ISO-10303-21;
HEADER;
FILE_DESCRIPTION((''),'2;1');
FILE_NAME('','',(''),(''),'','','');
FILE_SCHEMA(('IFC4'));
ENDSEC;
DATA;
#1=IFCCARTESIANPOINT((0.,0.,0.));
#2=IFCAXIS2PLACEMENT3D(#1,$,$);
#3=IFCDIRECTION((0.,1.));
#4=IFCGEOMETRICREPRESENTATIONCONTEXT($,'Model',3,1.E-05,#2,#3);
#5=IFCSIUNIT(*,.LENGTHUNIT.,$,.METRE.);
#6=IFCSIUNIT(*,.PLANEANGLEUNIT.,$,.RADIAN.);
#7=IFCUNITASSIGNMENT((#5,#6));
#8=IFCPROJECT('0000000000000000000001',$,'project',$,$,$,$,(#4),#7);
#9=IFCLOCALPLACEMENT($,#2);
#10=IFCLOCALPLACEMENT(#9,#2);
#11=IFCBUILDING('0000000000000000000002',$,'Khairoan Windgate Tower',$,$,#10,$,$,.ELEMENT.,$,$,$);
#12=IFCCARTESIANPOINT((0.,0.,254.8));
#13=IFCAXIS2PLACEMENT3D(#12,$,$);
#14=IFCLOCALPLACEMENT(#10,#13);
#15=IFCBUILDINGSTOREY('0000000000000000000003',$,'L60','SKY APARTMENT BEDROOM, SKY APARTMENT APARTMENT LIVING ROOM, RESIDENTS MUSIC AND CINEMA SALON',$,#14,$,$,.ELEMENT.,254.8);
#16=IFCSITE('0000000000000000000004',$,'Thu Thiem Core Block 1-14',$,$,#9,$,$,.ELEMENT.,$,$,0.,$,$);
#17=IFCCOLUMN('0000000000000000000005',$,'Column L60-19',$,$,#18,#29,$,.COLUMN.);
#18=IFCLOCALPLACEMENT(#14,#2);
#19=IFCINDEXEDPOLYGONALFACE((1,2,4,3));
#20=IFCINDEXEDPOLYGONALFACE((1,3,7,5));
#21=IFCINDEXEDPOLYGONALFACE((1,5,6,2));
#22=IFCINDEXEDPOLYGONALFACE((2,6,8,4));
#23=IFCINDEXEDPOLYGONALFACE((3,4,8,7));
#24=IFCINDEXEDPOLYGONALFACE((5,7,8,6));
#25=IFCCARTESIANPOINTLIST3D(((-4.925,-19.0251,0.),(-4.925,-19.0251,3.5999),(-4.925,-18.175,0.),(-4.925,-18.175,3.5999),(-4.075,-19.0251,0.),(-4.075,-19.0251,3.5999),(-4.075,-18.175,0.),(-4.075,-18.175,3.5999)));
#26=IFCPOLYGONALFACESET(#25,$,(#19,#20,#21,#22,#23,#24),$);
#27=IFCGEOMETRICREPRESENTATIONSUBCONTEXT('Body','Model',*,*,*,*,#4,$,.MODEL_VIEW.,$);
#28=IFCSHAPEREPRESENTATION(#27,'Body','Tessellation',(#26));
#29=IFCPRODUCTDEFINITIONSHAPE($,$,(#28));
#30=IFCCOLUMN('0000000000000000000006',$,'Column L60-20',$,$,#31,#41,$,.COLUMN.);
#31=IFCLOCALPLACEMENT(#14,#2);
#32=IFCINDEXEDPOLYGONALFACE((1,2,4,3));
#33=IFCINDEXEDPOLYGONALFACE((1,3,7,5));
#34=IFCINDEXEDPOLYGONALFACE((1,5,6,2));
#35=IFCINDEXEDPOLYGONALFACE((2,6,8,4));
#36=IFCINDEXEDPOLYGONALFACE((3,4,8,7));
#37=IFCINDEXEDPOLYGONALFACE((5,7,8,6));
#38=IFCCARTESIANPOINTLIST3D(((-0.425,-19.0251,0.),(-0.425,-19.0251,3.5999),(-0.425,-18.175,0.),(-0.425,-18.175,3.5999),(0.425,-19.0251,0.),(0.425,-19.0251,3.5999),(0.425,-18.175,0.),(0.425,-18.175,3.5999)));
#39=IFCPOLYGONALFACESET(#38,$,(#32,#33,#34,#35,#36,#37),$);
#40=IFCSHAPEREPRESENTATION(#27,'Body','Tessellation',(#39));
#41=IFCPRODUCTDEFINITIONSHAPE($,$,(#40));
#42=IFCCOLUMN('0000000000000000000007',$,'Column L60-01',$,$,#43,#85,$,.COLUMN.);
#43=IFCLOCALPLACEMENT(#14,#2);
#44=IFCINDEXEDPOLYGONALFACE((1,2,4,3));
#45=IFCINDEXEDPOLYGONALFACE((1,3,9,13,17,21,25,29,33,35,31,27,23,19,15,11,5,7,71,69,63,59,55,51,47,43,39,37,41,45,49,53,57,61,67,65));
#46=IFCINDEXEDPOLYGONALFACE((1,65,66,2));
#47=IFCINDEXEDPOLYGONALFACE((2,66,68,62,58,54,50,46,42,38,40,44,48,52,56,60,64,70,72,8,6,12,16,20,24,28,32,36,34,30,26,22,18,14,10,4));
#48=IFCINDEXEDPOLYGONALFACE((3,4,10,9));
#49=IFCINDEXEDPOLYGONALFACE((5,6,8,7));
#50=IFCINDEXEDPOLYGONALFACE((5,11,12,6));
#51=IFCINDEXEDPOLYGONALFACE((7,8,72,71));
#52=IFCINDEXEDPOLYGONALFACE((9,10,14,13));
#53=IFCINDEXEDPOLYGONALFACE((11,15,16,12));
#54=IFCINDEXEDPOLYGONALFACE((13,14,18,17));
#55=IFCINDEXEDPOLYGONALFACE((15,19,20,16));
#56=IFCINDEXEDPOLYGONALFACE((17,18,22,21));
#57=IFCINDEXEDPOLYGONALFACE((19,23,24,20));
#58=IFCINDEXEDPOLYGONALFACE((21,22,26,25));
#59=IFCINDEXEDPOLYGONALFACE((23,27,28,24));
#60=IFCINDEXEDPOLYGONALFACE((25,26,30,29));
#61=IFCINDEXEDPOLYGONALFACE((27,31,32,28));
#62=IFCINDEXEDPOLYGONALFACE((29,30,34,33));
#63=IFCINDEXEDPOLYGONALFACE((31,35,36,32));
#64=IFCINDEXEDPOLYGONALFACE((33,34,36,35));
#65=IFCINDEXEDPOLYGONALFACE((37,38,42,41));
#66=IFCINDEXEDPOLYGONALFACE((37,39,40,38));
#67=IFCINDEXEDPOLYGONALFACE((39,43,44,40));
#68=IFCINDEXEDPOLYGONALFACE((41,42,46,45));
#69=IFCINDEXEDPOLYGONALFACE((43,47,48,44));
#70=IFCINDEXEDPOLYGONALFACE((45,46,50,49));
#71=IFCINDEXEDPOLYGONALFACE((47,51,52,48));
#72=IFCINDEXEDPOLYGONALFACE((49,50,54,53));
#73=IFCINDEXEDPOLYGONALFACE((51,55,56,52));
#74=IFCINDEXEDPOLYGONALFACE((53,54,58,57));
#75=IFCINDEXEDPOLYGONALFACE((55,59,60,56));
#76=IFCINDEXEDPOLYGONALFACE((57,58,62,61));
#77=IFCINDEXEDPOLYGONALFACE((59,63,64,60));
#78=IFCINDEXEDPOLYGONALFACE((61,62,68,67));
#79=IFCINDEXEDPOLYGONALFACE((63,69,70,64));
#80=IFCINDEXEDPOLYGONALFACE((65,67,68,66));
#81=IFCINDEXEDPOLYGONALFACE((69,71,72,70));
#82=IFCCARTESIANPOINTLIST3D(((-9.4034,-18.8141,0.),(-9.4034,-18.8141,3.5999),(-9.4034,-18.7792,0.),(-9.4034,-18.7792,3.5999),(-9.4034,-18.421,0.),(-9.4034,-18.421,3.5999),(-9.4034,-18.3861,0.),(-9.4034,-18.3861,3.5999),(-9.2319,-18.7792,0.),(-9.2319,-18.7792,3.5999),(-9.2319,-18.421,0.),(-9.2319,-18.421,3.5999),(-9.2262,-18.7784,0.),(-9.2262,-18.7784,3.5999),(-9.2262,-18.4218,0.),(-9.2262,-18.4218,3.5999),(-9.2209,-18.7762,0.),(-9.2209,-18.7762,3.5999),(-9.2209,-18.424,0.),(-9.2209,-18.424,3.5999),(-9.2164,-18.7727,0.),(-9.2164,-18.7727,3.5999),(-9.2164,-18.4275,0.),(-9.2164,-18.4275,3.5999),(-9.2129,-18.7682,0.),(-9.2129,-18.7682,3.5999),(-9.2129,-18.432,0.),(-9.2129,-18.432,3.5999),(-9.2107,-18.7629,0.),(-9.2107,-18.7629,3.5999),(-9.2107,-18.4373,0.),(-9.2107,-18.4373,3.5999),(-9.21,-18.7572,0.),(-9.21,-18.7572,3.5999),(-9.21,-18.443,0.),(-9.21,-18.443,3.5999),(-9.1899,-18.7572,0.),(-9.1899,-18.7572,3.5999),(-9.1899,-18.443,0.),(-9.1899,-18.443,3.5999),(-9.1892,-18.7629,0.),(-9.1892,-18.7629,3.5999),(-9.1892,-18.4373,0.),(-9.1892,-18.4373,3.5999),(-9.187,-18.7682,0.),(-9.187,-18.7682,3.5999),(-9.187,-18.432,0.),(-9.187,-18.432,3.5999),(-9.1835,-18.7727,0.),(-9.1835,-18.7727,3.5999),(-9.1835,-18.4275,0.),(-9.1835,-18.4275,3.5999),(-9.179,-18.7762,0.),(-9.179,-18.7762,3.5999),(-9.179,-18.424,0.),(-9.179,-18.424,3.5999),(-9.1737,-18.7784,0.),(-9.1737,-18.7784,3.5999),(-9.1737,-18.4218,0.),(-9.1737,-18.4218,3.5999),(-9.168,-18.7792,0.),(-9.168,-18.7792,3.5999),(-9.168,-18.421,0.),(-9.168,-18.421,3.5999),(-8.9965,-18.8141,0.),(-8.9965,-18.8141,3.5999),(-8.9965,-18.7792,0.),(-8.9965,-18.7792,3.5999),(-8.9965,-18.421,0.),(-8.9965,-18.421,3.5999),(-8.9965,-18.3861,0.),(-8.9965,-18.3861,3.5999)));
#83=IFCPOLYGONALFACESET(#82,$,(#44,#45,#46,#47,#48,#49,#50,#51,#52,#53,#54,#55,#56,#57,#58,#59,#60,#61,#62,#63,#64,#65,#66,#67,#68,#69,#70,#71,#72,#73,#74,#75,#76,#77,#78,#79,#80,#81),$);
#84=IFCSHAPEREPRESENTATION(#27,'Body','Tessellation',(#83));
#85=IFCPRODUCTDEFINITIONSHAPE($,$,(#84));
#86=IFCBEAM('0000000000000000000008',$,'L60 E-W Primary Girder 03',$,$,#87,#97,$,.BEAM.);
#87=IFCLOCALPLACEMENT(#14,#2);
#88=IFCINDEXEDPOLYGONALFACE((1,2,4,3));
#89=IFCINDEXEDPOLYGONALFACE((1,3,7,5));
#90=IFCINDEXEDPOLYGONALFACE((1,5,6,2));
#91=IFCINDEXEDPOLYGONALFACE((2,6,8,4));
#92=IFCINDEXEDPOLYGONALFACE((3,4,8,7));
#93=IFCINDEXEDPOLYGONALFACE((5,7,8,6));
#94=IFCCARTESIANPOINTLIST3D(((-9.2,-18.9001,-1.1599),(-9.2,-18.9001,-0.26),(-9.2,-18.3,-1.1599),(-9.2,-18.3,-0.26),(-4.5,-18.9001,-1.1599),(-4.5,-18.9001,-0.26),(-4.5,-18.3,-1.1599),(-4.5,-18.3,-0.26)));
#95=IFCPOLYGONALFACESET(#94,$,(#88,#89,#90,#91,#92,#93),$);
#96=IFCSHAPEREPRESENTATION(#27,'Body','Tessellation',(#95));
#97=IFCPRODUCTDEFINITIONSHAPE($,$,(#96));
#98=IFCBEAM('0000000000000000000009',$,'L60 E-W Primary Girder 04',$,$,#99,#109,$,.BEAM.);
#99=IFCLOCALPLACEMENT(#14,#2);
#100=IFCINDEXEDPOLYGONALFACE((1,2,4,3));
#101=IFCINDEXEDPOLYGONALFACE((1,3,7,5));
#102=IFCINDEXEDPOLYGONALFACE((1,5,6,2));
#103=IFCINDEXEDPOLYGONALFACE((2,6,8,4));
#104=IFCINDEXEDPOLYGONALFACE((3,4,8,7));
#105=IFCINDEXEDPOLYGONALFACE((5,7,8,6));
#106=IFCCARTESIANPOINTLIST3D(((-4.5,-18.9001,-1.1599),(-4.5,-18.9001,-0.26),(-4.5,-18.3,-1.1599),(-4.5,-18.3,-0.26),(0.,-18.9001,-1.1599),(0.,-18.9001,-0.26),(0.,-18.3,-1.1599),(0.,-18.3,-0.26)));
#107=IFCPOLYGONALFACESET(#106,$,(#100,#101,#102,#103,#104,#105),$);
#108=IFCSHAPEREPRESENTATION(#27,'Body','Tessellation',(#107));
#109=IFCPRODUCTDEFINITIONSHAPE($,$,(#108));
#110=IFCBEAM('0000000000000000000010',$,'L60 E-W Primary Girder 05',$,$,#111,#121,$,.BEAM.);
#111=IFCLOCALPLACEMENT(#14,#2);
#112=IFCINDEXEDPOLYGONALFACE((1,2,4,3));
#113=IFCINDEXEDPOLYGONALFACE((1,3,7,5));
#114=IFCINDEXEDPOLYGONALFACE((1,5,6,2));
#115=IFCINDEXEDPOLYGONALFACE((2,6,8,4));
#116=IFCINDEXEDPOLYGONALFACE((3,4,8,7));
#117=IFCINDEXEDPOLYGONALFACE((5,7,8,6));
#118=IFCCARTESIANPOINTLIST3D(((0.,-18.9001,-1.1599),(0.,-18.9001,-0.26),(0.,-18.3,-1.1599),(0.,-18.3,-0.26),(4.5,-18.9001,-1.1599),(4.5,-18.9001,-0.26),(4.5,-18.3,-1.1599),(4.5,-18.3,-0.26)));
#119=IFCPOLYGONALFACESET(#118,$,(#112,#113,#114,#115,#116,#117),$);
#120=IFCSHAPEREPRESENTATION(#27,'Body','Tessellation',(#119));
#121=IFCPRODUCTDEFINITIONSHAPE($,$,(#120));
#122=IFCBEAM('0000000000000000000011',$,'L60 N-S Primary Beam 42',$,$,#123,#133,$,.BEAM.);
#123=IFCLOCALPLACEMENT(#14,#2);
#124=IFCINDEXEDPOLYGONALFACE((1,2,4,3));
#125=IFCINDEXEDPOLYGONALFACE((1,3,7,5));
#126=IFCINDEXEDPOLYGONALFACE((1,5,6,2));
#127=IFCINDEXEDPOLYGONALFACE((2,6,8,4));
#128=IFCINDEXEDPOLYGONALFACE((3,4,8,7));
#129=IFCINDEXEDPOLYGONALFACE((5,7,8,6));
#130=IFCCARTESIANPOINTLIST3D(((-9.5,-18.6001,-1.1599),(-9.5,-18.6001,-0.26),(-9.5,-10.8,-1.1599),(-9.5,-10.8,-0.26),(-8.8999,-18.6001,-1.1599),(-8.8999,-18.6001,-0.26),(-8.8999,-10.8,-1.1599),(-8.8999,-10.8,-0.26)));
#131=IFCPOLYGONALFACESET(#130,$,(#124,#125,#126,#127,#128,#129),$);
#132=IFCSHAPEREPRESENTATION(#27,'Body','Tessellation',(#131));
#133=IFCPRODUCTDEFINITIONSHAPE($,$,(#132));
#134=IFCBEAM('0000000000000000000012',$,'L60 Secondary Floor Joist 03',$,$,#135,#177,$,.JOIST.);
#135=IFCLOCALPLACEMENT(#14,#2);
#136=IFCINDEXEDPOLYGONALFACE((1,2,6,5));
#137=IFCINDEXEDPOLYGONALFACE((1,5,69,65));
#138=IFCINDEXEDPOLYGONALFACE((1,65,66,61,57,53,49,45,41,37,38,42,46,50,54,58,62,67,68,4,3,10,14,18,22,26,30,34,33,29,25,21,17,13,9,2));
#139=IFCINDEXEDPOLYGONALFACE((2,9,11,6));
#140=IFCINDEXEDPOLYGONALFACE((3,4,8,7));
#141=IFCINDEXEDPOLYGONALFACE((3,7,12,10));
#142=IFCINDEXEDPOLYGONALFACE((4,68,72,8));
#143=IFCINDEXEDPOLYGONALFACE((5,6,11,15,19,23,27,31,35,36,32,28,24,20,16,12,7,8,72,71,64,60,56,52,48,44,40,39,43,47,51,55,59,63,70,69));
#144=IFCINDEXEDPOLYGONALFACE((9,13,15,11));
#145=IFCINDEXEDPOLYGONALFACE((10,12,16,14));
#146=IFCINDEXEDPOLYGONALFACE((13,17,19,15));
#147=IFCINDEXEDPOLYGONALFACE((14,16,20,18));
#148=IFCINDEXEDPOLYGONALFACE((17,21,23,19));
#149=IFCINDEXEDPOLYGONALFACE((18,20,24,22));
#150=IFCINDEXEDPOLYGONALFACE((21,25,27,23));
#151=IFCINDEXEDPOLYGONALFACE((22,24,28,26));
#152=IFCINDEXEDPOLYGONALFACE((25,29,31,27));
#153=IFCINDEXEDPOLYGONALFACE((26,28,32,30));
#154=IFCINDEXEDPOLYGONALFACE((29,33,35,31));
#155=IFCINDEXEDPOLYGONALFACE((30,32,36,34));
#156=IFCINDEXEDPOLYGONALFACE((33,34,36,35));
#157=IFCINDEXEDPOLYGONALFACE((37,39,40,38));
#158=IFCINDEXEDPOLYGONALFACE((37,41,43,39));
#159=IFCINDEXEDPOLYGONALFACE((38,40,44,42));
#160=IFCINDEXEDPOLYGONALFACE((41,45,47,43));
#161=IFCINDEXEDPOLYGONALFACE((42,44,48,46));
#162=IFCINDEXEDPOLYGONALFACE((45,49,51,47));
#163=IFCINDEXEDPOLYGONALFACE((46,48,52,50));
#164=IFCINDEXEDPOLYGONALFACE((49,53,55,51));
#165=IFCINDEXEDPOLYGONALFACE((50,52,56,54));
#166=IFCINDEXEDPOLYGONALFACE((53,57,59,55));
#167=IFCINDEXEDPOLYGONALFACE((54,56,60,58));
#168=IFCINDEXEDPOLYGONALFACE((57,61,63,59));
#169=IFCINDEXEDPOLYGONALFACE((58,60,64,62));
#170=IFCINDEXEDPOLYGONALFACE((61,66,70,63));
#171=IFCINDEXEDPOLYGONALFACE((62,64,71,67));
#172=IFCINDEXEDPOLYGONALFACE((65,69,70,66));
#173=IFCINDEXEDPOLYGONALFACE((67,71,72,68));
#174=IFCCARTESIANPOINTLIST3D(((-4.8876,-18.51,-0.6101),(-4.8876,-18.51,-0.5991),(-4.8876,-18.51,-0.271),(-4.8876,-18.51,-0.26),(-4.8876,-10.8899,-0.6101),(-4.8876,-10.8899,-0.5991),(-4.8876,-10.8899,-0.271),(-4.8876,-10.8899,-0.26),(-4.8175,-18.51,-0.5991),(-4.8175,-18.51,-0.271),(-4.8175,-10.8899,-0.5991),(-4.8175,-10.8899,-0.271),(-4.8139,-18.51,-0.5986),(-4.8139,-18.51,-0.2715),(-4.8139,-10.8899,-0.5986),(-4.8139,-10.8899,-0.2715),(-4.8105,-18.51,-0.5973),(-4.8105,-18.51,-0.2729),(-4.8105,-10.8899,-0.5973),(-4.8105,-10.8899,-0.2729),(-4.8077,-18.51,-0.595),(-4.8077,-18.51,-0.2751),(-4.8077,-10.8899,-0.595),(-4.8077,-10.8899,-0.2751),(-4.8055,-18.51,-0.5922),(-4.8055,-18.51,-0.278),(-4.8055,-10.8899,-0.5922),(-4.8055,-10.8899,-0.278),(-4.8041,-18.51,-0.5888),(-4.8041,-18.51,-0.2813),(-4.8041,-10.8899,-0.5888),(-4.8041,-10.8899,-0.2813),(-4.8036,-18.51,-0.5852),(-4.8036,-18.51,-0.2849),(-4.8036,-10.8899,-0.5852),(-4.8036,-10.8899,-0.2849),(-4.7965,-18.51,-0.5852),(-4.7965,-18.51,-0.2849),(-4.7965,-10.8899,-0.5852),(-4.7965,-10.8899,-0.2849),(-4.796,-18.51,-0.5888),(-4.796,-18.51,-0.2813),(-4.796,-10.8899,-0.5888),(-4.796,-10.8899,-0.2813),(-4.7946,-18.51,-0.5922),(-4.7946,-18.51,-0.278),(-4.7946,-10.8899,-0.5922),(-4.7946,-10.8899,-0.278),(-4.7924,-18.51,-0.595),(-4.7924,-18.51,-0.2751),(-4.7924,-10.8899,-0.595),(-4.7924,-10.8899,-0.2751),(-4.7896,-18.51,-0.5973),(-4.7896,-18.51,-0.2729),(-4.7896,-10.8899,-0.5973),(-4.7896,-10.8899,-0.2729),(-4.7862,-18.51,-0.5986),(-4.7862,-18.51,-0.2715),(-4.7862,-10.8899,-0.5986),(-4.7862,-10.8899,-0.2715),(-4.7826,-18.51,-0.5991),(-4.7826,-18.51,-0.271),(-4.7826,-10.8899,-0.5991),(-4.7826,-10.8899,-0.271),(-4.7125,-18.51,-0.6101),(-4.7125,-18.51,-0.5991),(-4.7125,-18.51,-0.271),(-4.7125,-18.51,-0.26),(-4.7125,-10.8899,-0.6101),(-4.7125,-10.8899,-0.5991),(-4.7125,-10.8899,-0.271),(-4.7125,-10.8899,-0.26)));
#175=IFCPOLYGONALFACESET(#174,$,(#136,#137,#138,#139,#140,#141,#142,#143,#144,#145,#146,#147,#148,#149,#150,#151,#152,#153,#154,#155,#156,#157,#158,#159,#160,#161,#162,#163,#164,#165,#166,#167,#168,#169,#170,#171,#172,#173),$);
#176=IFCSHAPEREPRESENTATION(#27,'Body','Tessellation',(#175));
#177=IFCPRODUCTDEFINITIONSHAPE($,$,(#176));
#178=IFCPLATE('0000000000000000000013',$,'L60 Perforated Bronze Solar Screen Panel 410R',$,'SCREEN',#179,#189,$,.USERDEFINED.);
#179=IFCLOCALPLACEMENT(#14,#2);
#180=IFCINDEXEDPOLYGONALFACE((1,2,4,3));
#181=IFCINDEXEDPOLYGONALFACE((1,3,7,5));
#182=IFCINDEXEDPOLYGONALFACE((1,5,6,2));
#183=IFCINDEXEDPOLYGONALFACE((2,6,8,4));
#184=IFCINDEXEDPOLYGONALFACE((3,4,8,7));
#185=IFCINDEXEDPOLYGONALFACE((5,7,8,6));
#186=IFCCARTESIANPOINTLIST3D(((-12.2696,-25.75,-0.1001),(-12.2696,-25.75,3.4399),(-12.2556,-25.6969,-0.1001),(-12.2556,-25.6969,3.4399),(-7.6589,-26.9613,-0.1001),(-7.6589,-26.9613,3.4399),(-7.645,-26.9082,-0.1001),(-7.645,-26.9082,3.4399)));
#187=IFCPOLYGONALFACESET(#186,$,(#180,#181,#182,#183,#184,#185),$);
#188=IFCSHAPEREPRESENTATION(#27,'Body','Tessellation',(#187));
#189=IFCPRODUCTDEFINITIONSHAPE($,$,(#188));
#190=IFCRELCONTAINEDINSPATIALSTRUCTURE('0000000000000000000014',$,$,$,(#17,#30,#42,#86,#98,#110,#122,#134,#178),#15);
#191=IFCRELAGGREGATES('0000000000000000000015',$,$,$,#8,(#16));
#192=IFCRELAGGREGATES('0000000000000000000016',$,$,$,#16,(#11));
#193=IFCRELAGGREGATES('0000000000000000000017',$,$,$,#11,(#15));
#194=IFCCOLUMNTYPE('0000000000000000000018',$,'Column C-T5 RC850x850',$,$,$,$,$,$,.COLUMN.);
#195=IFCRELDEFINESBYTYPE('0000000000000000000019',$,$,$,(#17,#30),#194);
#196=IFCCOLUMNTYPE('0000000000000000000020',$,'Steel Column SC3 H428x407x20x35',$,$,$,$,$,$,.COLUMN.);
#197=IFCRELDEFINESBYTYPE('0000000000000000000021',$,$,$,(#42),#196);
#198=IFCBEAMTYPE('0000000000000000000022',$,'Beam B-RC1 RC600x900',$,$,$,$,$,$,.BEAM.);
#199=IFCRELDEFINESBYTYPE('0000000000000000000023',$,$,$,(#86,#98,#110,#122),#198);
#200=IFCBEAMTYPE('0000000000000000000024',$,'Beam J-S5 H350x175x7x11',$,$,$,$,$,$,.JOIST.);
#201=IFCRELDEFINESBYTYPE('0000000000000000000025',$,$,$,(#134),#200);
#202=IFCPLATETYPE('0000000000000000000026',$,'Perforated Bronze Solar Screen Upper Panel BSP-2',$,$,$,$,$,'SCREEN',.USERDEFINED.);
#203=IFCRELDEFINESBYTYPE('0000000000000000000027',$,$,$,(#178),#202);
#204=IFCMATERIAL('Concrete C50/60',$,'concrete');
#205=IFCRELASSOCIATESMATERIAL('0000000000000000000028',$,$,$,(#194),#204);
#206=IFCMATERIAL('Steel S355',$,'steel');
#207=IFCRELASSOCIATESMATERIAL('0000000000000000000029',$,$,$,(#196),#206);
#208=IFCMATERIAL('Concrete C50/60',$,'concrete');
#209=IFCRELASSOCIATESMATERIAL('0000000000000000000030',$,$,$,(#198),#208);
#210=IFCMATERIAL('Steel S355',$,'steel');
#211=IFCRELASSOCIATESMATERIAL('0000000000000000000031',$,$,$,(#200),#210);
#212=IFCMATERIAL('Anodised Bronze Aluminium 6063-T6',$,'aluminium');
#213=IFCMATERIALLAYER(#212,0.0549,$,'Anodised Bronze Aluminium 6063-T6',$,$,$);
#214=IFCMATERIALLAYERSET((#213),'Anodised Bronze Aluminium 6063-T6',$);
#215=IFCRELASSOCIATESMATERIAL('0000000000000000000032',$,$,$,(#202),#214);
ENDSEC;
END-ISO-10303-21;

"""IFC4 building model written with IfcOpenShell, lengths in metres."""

from ifc_helpers import new_model, si_unit, direction, frame, origin, origin_2d, place, context, subcontext, project, spatial, rectangle, i_section, extrude, material, layer, layer_set, material_profile, profile_set, type_object, element, save


model = new_model("IFC4")

# Units and contexts
model_context = context("Model", 3, precision=1e-05, world=origin(), true_north=direction((0.0, 1.0)))
body_context = subcontext(model_context, "Body", "Model", "MODEL_VIEW")
ifc_project = project(units=[si_unit("LENGTHUNIT", "METRE"), si_unit("PLANEANGLEUNIT", "RADIAN")], contexts=[model_context])

# Site, building, storey
site_placement = place(None, origin())
site = spatial("IfcSite", under=ifc_project, at=site_placement, Name="Thu Thiem Core Block 1-14", CompositionType="ELEMENT", RefElevation=0.0)
building_placement = place(site_placement, origin())
building = spatial("IfcBuilding", under=site, at=building_placement, Name="Khairoan Windgate Tower", CompositionType="ELEMENT")
storey_placement = place(building_placement, frame((0.0, 0.0, 254.8)))
storey = spatial("IfcBuildingStorey", under=building, at=storey_placement, Name="L60", Description="SKY APARTMENT BEDROOM, SKY APARTMENT APARTMENT LIVING ROOM, RESIDENTS MUSIC AND CINEMA SALON", CompositionType="ELEMENT", Elevation=254.8)

# Columns
ifc_material_1 = material(Name="Concrete C50/60", Category="concrete")
ifc_material_profile_1 = material_profile(ifc_material_1, rectangle(XDim=0.8501, YDim=0.8501, at=origin_2d()))
ifc_profile_set_1 = profile_set([ifc_material_profile_1], Name="Concrete C50/60")
column_type_1 = type_object("IfcColumnType", Name="Column C-T5 RC850x850", PredefinedType="COLUMN", material=ifc_profile_set_1)
for number, where, z_axis, x_axis, name in (
    (1, (-4.5, -18.6001, 0.0), (0.0, 0.0, 1.0), (1.0, 0.0, 0.0), "Column L60-19"),
    (2, (0.0, -18.6001, 0.0), (0.0, 0.0, 1.0), (1.0, 0.0, 0.0), "Column L60-20"),
):
    element("IfcColumn", number, at=place(storey_placement, frame(where, z_axis=z_axis, x_axis=x_axis)), inside=storey, type_object=column_type_1, Name=name, PredefinedType="COLUMN", context=body_context, shape_type="SweptSolid", body=[
        extrude(rectangle(XDim=0.8501, YDim=0.8501, at=origin_2d()), origin(), (0.0, 0.0, 1.0), 3.5999),
    ])
ifc_material_2 = material(Name="Steel S355", Category="steel")
ifc_material_profile_2 = material_profile(ifc_material_2, i_section(OverallWidth=0.407, OverallDepth=0.428, WebThickness=0.02, FlangeThickness=0.0349, FilletRadius=0.022, at=origin_2d()))
ifc_profile_set_2 = profile_set([ifc_material_profile_2], Name="Steel S355")
column_type_2 = type_object("IfcColumnType", Name="Steel Column SC3 H428x407x20x35", PredefinedType="COLUMN", material=ifc_profile_set_2)
column_placement = place(storey_placement, frame((-9.2, -18.6001, 0.0), z_axis=(0.0, 0.0, 1.0), x_axis=(1.0, 0.0, 0.0)))
element("IfcColumn", 3, at=column_placement, inside=storey, type_object=column_type_2, Name="Column L60-01", PredefinedType="COLUMN", context=body_context, shape_type="SweptSolid", body=[
    extrude(i_section(OverallWidth=0.407, OverallDepth=0.428, WebThickness=0.02, FlangeThickness=0.0349, FilletRadius=0.022, at=origin_2d()), origin(), (0.0, 0.0, 1.0), 3.5999),
])

# Beams
ifc_material_3 = material(Name="Concrete C50/60", Category="concrete")
ifc_material_profile_3 = material_profile(ifc_material_3, rectangle(XDim=0.6001, YDim=0.8999, at=origin_2d()))
ifc_profile_set_3 = profile_set([ifc_material_profile_3], Name="Concrete C50/60")
beam_type_1 = type_object("IfcBeamType", Name="Beam B-RC1 RC600x900", PredefinedType="BEAM", material=ifc_profile_set_3)
beam_1_placement = place(storey_placement, frame((-9.2, -18.6001, -0.71), z_axis=(1.0, 0.0, 0.0), x_axis=(0.0, 1.0, 0.0)))
element("IfcBeam", 4, at=beam_1_placement, inside=storey, type_object=beam_type_1, Name="L60 E-W Primary Girder 03", PredefinedType="BEAM", context=body_context, shape_type="SweptSolid", body=[
    extrude(rectangle(XDim=0.6001, YDim=0.8999, at=origin_2d()), origin(), (0.0, 0.0, 1.0), 4.7),
])
for number, where, z_axis, x_axis, name in (
    (5, (-4.5, -18.6001, -0.71), (1.0, 0.0, 0.0), (0.0, 1.0, 0.0), "L60 E-W Primary Girder 04"),
    (6, (0.0, -18.6001, -0.71), (1.0, 0.0, 0.0), (0.0, 1.0, 0.0), "L60 E-W Primary Girder 05"),
):
    element("IfcBeam", number, at=place(storey_placement, frame(where, z_axis=z_axis, x_axis=x_axis)), inside=storey, type_object=beam_type_1, Name=name, PredefinedType="BEAM", context=body_context, shape_type="SweptSolid", body=[
        extrude(rectangle(XDim=0.6001, YDim=0.8999, at=origin_2d()), origin(), (0.0, 0.0, 1.0), 4.5),
    ])
beam_2_placement = place(storey_placement, frame((-9.2, -18.6001, -0.71), z_axis=(0.0, 1.0, 0.0), x_axis=(-1.0, 0.0, 0.0)))
element("IfcBeam", 7, at=beam_2_placement, inside=storey, type_object=beam_type_1, Name="L60 N-S Primary Beam 42", PredefinedType="BEAM", context=body_context, shape_type="SweptSolid", body=[
    extrude(rectangle(XDim=0.6001, YDim=0.8999, at=origin_2d()), origin(), (0.0, 0.0, 1.0), 7.8),
])
ifc_material_4 = material(Name="Steel S355", Category="steel")
ifc_material_profile_4 = material_profile(ifc_material_4, i_section(OverallWidth=0.175, OverallDepth=0.3501, WebThickness=0.0071, FlangeThickness=0.011, FilletRadius=0.0139, at=origin_2d()))
ifc_profile_set_4 = profile_set([ifc_material_profile_4], Name="Steel S355")
beam_type_2 = type_object("IfcBeamType", Name="Beam J-S5 H350x175x7x11", PredefinedType="JOIST", material=ifc_profile_set_4)
beam_3_placement = place(storey_placement, frame((-4.8, -18.51, -0.4351), z_axis=(0.0, 1.0, 0.0), x_axis=(-1.0, 0.0, 0.0)))
element("IfcBeam", 8, at=beam_3_placement, inside=storey, type_object=beam_type_2, Name="L60 Secondary Floor Joist 03", PredefinedType="JOIST", context=body_context, shape_type="SweptSolid", body=[
    extrude(i_section(OverallWidth=0.175, OverallDepth=0.3501, WebThickness=0.0071, FlangeThickness=0.011, FilletRadius=0.0139, at=origin_2d()), origin(), (0.0, 0.0, 1.0), 7.6201),
])

# Plate
ifc_material_5 = material(Name="Anodised Bronze Aluminium 6063-T6", Category="aluminium")
ifc_layer_1 = layer(ifc_material_5, 0.0549, Name="Anodised Bronze Aluminium 6063-T6")
ifc_layer_set_1 = layer_set([ifc_layer_1], Name="Anodised Bronze Aluminium 6063-T6")
plate_type = type_object("IfcPlateType", Name="Perforated Bronze Solar Screen Upper Panel BSP-2", ElementType="SCREEN", PredefinedType="USERDEFINED", material=ifc_layer_set_1)
plate_placement = place(storey_placement, frame((-9.9573, -26.3291, -0.1001), z_axis=(0.0, 0.0, 1.0), x_axis=(-0.967179, 0.254096, 0.0)))
element("IfcPlate", 9, at=plate_placement, inside=storey, type_object=plate_type, Name="L60 Perforated Bronze Solar Screen Panel 410R", ObjectType="SCREEN", PredefinedType="USERDEFINED", context=body_context, shape_type="SweptSolid", body=[
    extrude(rectangle(XDim=4.7671, YDim=0.0549, at=origin_2d()), origin(), (0.0, 0.0, 1.0), 3.54),
])

save(model, "model.ifc")
